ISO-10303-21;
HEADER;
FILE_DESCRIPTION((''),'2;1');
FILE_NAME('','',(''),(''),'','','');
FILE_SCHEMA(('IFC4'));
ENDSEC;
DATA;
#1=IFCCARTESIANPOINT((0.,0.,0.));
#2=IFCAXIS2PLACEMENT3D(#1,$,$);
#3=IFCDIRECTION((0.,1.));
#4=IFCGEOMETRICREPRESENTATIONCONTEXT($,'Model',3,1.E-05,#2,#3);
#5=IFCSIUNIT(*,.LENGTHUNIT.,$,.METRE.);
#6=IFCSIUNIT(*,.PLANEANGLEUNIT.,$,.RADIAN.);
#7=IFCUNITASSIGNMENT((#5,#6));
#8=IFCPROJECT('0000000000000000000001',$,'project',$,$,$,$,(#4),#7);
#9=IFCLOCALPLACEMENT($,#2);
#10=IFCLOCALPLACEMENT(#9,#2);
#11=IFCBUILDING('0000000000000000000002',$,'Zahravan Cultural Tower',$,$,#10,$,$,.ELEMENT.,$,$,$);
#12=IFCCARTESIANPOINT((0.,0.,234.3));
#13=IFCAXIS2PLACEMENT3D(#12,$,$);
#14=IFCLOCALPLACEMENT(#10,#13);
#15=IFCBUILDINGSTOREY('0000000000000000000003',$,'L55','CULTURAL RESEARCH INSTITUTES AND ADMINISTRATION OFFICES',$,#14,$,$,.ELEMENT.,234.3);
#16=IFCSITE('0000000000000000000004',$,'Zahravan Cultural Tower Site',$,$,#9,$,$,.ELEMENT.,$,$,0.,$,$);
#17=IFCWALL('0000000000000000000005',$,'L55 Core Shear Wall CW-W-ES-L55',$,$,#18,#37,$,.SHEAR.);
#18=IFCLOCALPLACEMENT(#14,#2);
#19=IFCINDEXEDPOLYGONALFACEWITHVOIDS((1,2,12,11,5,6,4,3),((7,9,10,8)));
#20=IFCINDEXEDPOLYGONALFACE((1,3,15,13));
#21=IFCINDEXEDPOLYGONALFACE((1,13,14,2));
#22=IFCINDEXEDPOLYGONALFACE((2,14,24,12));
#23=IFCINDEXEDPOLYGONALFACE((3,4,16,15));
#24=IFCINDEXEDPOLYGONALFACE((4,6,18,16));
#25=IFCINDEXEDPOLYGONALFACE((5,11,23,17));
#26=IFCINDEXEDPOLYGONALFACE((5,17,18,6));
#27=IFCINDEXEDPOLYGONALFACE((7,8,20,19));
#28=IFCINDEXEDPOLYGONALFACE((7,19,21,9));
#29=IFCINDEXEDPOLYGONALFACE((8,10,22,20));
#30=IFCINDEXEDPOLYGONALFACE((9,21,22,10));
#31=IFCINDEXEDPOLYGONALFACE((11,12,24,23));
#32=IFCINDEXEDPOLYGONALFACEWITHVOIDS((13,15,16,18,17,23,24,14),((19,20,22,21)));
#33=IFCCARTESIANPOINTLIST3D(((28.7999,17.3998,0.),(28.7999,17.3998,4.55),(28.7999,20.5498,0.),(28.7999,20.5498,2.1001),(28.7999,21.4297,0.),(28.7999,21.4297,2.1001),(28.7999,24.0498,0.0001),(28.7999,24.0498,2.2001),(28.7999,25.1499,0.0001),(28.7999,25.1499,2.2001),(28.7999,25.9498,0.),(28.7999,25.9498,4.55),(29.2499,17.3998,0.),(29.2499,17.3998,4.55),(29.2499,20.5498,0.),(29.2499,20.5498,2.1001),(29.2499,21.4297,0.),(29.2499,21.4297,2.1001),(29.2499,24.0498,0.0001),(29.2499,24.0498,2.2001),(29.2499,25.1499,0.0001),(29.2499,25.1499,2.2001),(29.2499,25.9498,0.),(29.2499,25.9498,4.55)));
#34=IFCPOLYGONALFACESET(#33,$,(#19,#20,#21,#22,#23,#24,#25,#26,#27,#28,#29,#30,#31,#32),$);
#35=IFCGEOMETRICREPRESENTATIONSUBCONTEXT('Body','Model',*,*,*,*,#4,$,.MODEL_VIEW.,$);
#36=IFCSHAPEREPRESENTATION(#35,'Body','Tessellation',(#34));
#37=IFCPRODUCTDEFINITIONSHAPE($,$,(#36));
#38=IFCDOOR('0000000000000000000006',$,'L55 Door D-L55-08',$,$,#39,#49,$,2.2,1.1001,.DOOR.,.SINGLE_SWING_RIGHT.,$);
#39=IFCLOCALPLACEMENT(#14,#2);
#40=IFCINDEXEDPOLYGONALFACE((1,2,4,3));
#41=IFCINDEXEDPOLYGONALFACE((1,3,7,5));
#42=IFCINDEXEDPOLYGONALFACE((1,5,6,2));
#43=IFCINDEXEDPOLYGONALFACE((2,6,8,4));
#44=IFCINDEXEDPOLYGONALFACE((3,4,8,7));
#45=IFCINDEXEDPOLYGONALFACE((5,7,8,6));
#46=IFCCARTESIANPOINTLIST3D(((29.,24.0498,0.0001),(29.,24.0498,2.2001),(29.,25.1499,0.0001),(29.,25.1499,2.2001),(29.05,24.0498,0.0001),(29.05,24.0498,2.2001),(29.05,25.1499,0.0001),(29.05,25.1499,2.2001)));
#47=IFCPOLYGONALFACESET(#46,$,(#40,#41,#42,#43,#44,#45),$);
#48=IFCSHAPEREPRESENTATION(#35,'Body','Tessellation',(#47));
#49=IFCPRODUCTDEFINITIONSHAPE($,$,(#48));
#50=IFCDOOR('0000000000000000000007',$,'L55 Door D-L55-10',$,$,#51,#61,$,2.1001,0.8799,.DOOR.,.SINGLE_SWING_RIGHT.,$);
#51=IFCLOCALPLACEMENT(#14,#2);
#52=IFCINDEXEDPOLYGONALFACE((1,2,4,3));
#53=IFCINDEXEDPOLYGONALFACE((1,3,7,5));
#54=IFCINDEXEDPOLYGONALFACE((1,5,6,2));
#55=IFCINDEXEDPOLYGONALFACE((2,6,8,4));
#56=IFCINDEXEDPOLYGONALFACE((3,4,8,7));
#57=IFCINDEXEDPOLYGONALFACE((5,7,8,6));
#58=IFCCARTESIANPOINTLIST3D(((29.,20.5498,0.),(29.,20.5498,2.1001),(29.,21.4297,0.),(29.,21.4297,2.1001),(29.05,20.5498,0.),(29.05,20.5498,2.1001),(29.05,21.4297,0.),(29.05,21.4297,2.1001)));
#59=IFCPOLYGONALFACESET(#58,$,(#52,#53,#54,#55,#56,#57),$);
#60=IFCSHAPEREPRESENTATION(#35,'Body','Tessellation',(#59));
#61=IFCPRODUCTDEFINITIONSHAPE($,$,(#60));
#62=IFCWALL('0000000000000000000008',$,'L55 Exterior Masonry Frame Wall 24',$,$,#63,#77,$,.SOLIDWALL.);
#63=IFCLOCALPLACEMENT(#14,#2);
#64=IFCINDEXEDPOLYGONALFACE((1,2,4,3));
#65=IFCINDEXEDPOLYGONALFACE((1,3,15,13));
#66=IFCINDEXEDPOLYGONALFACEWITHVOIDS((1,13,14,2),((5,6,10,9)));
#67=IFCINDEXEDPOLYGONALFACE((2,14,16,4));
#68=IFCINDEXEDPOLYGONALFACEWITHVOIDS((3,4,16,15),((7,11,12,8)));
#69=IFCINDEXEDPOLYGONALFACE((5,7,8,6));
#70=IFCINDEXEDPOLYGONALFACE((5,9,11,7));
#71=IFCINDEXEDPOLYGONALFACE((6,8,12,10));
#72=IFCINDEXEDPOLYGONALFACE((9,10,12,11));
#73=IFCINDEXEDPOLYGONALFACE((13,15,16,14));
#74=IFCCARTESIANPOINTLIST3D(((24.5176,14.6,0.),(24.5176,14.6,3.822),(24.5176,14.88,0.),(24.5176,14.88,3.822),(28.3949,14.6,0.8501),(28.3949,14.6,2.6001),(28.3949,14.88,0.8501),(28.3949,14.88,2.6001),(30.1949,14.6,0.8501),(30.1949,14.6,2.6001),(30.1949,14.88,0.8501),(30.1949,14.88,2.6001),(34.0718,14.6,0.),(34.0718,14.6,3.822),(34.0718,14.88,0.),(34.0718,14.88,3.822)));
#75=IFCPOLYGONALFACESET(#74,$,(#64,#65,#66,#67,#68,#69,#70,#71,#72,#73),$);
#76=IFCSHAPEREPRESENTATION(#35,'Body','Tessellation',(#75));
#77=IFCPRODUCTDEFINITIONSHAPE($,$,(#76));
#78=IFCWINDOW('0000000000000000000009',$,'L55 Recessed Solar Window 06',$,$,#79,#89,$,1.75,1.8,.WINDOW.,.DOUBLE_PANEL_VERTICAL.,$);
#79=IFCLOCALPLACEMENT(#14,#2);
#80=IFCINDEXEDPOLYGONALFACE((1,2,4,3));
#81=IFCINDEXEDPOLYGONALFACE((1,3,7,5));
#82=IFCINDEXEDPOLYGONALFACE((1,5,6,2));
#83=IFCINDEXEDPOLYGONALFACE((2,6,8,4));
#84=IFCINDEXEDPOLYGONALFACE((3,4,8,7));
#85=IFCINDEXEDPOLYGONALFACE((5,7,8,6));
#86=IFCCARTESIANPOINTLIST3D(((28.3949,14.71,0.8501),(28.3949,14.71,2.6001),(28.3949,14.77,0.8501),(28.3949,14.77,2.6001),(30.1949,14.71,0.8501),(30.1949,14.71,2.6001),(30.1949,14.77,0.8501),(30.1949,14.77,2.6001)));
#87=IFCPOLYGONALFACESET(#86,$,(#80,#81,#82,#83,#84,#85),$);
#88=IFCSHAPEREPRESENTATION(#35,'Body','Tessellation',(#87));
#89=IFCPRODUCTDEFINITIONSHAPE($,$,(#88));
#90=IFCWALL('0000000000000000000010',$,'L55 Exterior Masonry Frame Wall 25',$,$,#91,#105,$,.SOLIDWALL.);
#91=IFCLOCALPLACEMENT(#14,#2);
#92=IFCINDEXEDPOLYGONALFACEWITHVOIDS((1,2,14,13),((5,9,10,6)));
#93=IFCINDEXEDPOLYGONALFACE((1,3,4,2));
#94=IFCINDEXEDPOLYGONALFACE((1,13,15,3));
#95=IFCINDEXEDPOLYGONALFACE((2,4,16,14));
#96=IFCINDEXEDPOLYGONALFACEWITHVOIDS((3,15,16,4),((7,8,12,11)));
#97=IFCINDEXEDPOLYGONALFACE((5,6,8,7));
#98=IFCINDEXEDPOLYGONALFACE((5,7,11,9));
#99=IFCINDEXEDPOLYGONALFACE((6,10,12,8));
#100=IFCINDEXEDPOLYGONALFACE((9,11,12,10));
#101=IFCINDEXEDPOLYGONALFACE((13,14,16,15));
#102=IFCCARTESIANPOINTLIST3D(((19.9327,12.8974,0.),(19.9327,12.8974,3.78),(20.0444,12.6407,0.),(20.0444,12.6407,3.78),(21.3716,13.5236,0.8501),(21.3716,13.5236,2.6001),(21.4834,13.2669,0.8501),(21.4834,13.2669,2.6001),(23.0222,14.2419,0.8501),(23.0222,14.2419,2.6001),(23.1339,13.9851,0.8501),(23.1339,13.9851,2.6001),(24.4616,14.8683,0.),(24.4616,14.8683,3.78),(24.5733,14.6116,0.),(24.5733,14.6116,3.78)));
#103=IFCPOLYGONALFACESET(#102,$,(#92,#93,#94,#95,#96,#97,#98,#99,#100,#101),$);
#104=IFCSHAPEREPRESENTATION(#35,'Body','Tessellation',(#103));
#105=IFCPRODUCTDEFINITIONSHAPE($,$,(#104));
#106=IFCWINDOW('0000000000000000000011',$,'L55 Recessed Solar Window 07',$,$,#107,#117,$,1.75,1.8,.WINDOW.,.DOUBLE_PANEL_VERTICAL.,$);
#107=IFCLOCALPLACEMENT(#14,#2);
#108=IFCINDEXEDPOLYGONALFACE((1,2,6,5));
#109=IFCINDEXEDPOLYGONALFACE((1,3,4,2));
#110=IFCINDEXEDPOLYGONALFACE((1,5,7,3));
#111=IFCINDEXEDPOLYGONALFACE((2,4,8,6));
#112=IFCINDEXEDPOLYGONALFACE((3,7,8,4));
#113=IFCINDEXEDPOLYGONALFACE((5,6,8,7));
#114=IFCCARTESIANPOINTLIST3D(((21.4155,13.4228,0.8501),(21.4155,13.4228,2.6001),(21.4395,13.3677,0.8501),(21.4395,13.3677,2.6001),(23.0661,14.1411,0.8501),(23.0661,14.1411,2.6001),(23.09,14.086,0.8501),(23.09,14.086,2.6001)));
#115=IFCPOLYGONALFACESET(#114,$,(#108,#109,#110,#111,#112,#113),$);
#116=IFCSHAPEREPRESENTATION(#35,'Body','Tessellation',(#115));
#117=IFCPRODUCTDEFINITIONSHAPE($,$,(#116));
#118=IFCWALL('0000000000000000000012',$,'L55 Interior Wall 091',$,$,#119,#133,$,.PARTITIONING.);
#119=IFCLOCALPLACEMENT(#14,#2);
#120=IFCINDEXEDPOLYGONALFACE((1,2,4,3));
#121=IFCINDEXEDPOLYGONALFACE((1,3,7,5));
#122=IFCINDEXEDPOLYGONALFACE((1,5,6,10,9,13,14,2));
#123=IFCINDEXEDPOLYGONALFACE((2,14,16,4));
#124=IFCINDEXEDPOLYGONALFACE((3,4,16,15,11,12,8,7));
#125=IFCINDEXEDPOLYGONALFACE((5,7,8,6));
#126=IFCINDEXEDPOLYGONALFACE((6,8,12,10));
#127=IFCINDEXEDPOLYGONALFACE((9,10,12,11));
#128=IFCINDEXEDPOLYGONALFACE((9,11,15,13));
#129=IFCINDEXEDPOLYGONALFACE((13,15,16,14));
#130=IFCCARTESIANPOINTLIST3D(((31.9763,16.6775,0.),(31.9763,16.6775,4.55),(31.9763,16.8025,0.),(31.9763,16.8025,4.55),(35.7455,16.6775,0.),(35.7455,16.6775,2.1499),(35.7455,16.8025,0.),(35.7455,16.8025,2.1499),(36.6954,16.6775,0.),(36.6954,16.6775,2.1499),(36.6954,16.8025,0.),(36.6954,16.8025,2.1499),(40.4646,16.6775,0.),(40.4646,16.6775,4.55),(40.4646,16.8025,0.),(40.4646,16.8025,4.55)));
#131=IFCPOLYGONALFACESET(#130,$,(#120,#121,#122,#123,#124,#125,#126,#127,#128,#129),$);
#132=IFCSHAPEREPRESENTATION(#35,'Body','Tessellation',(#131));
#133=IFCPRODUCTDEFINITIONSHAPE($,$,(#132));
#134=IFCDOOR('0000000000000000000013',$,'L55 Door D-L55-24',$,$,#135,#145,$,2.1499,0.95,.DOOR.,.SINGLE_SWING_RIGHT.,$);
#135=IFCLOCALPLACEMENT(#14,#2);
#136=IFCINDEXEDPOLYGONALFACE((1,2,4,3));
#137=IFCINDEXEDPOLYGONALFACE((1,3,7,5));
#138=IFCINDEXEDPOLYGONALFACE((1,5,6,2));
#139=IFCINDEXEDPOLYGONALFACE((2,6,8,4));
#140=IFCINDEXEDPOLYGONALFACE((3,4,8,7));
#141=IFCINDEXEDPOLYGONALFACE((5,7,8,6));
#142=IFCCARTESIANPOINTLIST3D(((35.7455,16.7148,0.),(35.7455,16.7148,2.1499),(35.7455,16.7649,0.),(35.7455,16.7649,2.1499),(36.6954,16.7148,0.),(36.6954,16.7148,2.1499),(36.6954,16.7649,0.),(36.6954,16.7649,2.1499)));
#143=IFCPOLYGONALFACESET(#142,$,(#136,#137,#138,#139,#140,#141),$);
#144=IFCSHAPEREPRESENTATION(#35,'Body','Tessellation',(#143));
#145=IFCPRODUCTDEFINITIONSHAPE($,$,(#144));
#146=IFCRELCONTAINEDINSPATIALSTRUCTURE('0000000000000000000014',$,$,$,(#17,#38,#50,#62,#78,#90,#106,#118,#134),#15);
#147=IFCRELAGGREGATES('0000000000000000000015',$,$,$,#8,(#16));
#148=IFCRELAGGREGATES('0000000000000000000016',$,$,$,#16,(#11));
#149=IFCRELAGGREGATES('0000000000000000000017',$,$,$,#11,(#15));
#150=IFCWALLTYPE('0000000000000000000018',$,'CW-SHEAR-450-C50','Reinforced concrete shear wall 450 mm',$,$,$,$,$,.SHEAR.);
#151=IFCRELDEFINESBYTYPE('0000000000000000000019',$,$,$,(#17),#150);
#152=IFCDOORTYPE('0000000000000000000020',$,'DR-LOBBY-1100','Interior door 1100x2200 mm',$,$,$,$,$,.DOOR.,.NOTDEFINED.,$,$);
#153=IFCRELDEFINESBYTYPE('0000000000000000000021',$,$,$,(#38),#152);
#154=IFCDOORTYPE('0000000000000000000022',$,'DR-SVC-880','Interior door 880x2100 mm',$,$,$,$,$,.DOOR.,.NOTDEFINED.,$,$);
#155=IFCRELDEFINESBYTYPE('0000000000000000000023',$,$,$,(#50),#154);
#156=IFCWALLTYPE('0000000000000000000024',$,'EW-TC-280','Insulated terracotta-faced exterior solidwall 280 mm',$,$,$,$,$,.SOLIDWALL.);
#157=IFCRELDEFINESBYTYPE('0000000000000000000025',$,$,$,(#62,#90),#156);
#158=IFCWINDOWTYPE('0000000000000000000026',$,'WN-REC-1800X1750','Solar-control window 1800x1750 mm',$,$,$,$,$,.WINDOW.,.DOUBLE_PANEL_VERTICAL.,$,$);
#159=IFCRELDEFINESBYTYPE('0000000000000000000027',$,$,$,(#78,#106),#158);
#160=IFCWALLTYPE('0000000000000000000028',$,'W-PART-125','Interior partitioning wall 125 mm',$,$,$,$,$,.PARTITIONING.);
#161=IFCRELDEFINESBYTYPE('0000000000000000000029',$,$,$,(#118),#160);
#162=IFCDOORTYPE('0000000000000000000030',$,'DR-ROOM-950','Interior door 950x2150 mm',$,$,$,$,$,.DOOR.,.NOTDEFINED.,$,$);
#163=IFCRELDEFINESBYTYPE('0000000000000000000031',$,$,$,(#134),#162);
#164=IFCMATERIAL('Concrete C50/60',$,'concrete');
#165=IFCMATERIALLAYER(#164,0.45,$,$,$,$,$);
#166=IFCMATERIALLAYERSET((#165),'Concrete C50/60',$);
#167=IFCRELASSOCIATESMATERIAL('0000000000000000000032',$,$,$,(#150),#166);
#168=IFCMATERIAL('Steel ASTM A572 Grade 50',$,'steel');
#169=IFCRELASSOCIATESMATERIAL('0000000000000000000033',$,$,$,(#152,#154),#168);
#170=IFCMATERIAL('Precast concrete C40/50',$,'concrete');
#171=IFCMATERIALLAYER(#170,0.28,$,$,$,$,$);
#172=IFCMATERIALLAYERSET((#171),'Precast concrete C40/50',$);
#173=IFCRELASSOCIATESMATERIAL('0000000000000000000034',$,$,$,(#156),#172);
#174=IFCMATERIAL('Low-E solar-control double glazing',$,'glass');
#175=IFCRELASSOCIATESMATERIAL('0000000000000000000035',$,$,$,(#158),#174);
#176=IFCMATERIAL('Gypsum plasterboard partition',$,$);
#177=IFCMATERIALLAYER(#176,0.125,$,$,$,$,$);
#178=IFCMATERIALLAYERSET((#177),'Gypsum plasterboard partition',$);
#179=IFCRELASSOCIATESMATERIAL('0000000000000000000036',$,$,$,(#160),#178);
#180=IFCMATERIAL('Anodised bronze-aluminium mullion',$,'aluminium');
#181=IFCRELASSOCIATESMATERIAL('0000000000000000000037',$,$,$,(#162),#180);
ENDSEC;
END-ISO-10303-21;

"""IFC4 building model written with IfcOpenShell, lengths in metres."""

from ifc_helpers import new_model, si_unit, direction, frame, frame_2d, origin, place, context, subcontext, project, spatial, rectangle, extrude, source, transform, mapped, material, layer, layer_set, type_object, element, fill, save


model = new_model("IFC4")

# Units and contexts
model_context = context("Model", 3, precision=1e-05, world=origin(), true_north=direction((0.0, 1.0)))
body_context = subcontext(model_context, "Body", "Model", "MODEL_VIEW")
ifc_project = project(units=[si_unit("LENGTHUNIT", "METRE"), si_unit("PLANEANGLEUNIT", "RADIAN")], contexts=[model_context])

# Site, building, storey
site_placement = place(None, origin())
site = spatial("IfcSite", under=ifc_project, at=site_placement, Name="Zahravan Cultural Tower Site", CompositionType="ELEMENT", RefElevation=0.0)
building_placement = place(site_placement, origin())
building = spatial("IfcBuilding", under=site, at=building_placement, Name="Zahravan Cultural Tower", CompositionType="ELEMENT")
storey_placement = place(building_placement, frame((0.0, 0.0, 234.3)))
storey = spatial("IfcBuildingStorey", under=building, at=storey_placement, Name="L55", Description="CULTURAL RESEARCH INSTITUTES AND ADMINISTRATION OFFICES", CompositionType="ELEMENT", Elevation=234.3)

# Shared definitions
ifc_material_1 = material(Name="Concrete C50/60", Category="concrete")

# Shared definitions
ifc_material_2 = material(Name="Steel ASTM A572 Grade 50", Category="steel")

# Wall, openings, doors
ifc_layer_1 = layer(ifc_material_1, 0.45)
ifc_layer_set_1 = layer_set([ifc_layer_1], Name="Concrete C50/60")
wall_type_1 = type_object("IfcWallType", Name="CW-SHEAR-450-C50", Description="Reinforced concrete shear wall 450 mm", PredefinedType="SHEAR", material=ifc_layer_set_1)
wall_1_placement = place(storey_placement, frame((29.0249, 17.3999, 0.0), z_axis=(0.0, 0.0, 1.0), x_axis=(0.0, 1.0, 0.0)))
wall_1 = element("IfcWall", 1, at=wall_1_placement, inside=storey, type_object=wall_type_1, Name="L55 Core Shear Wall CW-W-ES-L55", PredefinedType="SHEAR", context=body_context, shape_type="SweptSolid", body=[
    extrude(rectangle(XDim=8.55, YDim=0.45, at=frame_2d((4.2749, 0.0))), origin(), (0.0, 0.0, 1.0), 4.55),
])
opening_1_placement = place(wall_1_placement, frame((6.6499, 0.0, 0.0)))
opening_1 = element("IfcOpeningElement", 2, at=opening_1_placement, cuts=wall_1, PredefinedType="OPENING", context=body_context, shape_type="SweptSolid", body=[
    extrude(rectangle(XDim=1.1001, YDim=2.2, at=frame_2d((0.55, 1.1001))), frame((0.0, 0.2349, 0.0), z_axis=(0.0, -1.0, 0.0), x_axis=(1.0, 0.0, 0.0)), (0.0, 0.0, 1.0), 0.47),
])
opening_2_placement = place(wall_1_placement, frame((3.1499, 0.0, 0.0)))
opening_2 = element("IfcOpeningElement", 3, at=opening_2_placement, cuts=wall_1, PredefinedType="OPENING", context=body_context, shape_type="SweptSolid", body=[
    extrude(rectangle(XDim=0.8799, YDim=2.1001, at=frame_2d((0.4399, 1.05))), frame((0.0, 0.2349, 0.0), z_axis=(0.0, -1.0, 0.0), x_axis=(1.0, 0.0, 0.0)), (0.0, 0.0, 1.0), 0.47),
])
door_type_1 = type_object("IfcDoorType", Name="DR-LOBBY-1100", Description="Interior door 1100x2200 mm", OperationType="NOTDEFINED", PredefinedType="DOOR", material=ifc_material_2)
shared_shape_1 = source(origin(), body_context, "Body", "SweptSolid", [
    extrude(rectangle(XDim=1.1001, YDim=2.2, at=frame_2d((0.55, 1.1001))), frame((0.0, 0.0249, 0.0), z_axis=(0.0, -1.0, 0.0), x_axis=(1.0, 0.0, 0.0)), (0.0, 0.0, 1.0), 0.05),
])
door_1_placement = place(opening_1_placement, origin())
door_1 = element("IfcDoor", 4, at=door_1_placement, inside=storey, type_object=door_type_1, Name="L55 Door D-L55-08", OperationType="SINGLE_SWING_RIGHT", OverallHeight=2.2, OverallWidth=1.1001, PredefinedType="DOOR", context=body_context, shape_type="MappedRepresentation", body=[
    mapped(shared_shape_1, transform((0.0, 0.0, 0.0), x_axis=(1.0, 0.0, 0.0), y_axis=(0.0, 1.0, 0.0), z_axis=(0.0, 0.0, 1.0), scale=1.0)),
])
fill(opening_1, door_1)
door_type_2 = type_object("IfcDoorType", Name="DR-SVC-880", Description="Interior door 880x2100 mm", OperationType="NOTDEFINED", PredefinedType="DOOR", material=ifc_material_2)
shared_shape_2 = source(origin(), body_context, "Body", "SweptSolid", [
    extrude(rectangle(XDim=0.8799, YDim=2.1001, at=frame_2d((0.4399, 1.05))), frame((0.0, 0.0249, 0.0), z_axis=(0.0, -1.0, 0.0), x_axis=(1.0, 0.0, 0.0)), (0.0, 0.0, 1.0), 0.05),
])
door_2_placement = place(opening_2_placement, origin())
door_2 = element("IfcDoor", 5, at=door_2_placement, inside=storey, type_object=door_type_2, Name="L55 Door D-L55-10", OperationType="SINGLE_SWING_RIGHT", OverallHeight=2.1001, OverallWidth=0.8799, PredefinedType="DOOR", context=body_context, shape_type="MappedRepresentation", body=[
    mapped(shared_shape_2, transform((0.0, 0.0, 0.0), x_axis=(1.0, 0.0, 0.0), y_axis=(0.0, 1.0, 0.0), z_axis=(0.0, 0.0, 1.0), scale=1.0)),
])
fill(opening_2, door_2)

# Walls, openings, windows
ifc_material_3 = material(Name="Precast concrete C40/50", Category="concrete")
ifc_layer_2 = layer(ifc_material_3, 0.28)
ifc_layer_set_2 = layer_set([ifc_layer_2], Name="Precast concrete C40/50")
wall_type_2 = type_object("IfcWallType", Name="EW-TC-280", Description="Insulated terracotta-faced exterior solidwall 280 mm", PredefinedType="SOLIDWALL", material=ifc_layer_set_2)
wall_2_placement = place(storey_placement, frame((34.0718, 14.74, 0.0), z_axis=(0.0, 0.0, 1.0), x_axis=(-1.0, 0.0, 0.0)))
wall_2 = element("IfcWall", 6, at=wall_2_placement, inside=storey, type_object=wall_type_2, Name="L55 Exterior Masonry Frame Wall 24", PredefinedType="SOLIDWALL", context=body_context, shape_type="SweptSolid", body=[
    extrude(rectangle(XDim=9.5542, YDim=0.28, at=frame_2d((4.7771, 0.0))), origin(), (0.0, 0.0, 1.0), 3.822),
])
opening_3_placement = place(wall_2_placement, frame((3.877, 0.0, 0.8501)))
opening_3 = element("IfcOpeningElement", 7, at=opening_3_placement, cuts=wall_2, PredefinedType="OPENING", context=body_context, shape_type="SweptSolid", body=[
    extrude(rectangle(XDim=1.8, YDim=1.75, at=frame_2d((0.8999, 0.875))), frame((0.0, 0.1499, 0.0), z_axis=(0.0, -1.0, 0.0), x_axis=(1.0, 0.0, 0.0)), (0.0, 0.0, 1.0), 0.3),
])
ifc_material_4 = material(Name="Low-E solar-control double glazing", Category="glass")
window_type = type_object("IfcWindowType", Name="WN-REC-1800X1750", Description="Solar-control window 1800x1750 mm", PartitioningType="DOUBLE_PANEL_VERTICAL", PredefinedType="WINDOW", material=ifc_material_4)
shared_shape_3 = source(origin(), body_context, "Body", "SweptSolid", [
    extrude(rectangle(XDim=1.8, YDim=1.75, at=frame_2d((0.8999, 0.875))), frame((0.0, 0.03, 0.0), z_axis=(0.0, -1.0, 0.0), x_axis=(1.0, 0.0, 0.0)), (0.0, 0.0, 1.0), 0.0601),
])
window_1_placement = place(opening_3_placement, origin())
window_1 = element("IfcWindow", 8, at=window_1_placement, inside=storey, type_object=window_type, Name="L55 Recessed Solar Window 06", OverallHeight=1.75, OverallWidth=1.8, PartitioningType="DOUBLE_PANEL_VERTICAL", PredefinedType="WINDOW", context=body_context, shape_type="MappedRepresentation", body=[
    mapped(shared_shape_3, transform((0.0, 0.0, 0.0), x_axis=(1.0, 0.0, 0.0), y_axis=(0.0, 1.0, 0.0), z_axis=(0.0, 0.0, 1.0), scale=1.0)),
])
fill(opening_3, window_1)
wall_3_placement = place(storey_placement, frame((24.5176, 14.74, 0.0), z_axis=(0.0, 0.0, 1.0), x_axis=(-0.916937, -0.399032, 0.0)))
wall_3 = element("IfcWall", 9, at=wall_3_placement, inside=storey, type_object=wall_type_2, Name="L55 Exterior Masonry Frame Wall 25", PredefinedType="SOLIDWALL", context=body_context, shape_type="SweptSolid", body=[
    extrude(rectangle(XDim=4.9392, YDim=0.28, at=frame_2d((2.4697, 0.0))), origin(), (0.0, 0.0, 1.0), 3.78),
])
opening_4_placement = place(wall_3_placement, frame((1.5701, 0.0, 0.8501)))
opening_4 = element("IfcOpeningElement", 10, at=opening_4_placement, cuts=wall_3, PredefinedType="OPENING", context=body_context, shape_type="SweptSolid", body=[
    extrude(rectangle(XDim=1.8, YDim=1.75, at=frame_2d((0.8999, 0.875))), frame((0.0, 0.1499, 0.0), z_axis=(0.0, -1.0, 0.0), x_axis=(1.0, 0.0, 0.0)), (0.0, 0.0, 1.0), 0.3),
])
window_2_placement = place(opening_4_placement, origin())
window_2 = element("IfcWindow", 11, at=window_2_placement, inside=storey, type_object=window_type, Name="L55 Recessed Solar Window 07", OverallHeight=1.75, OverallWidth=1.8, PartitioningType="DOUBLE_PANEL_VERTICAL", PredefinedType="WINDOW", context=body_context, shape_type="MappedRepresentation", body=[
    mapped(shared_shape_3, transform((0.0, 0.0, 0.0), x_axis=(1.0, 0.0, 0.0), y_axis=(0.0, 1.0, 0.0), z_axis=(0.0, 0.0, 1.0), scale=1.0)),
])
fill(opening_4, window_2)

# Wall, opening, door
ifc_material_5 = material(Name="Gypsum plasterboard partition")
ifc_layer_3 = layer(ifc_material_5, 0.125)
ifc_layer_set_3 = layer_set([ifc_layer_3], Name="Gypsum plasterboard partition")
wall_type_3 = type_object("IfcWallType", Name="W-PART-125", Description="Interior partitioning wall 125 mm", PredefinedType="PARTITIONING", material=ifc_layer_set_3)
ifc_material_6 = material(Name="Anodised bronze-aluminium mullion", Category="aluminium")
door_type_3 = type_object("IfcDoorType", Name="DR-ROOM-950", Description="Interior door 950x2150 mm", OperationType="NOTDEFINED", PredefinedType="DOOR", material=ifc_material_6)
shared_shape_4 = source(origin(), body_context, "Body", "SweptSolid", [
    extrude(rectangle(XDim=0.95, YDim=2.1499, at=frame_2d((0.4751, 1.075))), frame((0.0, 0.0249, 0.0), z_axis=(0.0, -1.0, 0.0), x_axis=(1.0, 0.0, 0.0)), (0.0, 0.0, 1.0), 0.05),
])
wall_4_placement = place(storey_placement, frame((31.9763, 16.74, 0.0), z_axis=(0.0, 0.0, 1.0), x_axis=(1.0, 0.0, 0.0)))
wall_4 = element("IfcWall", 12, at=wall_4_placement, inside=storey, type_object=wall_type_3, Name="L55 Interior Wall 091", PredefinedType="PARTITIONING", context=body_context, shape_type="SweptSolid", body=[
    extrude(rectangle(XDim=8.4883, YDim=0.125, at=frame_2d((4.2441, 0.0))), origin(), (0.0, 0.0, 1.0), 4.55),
])
opening_5_placement = place(wall_4_placement, frame((3.769, 0.0, 0.0)))
opening_5 = element("IfcOpeningElement", 13, at=opening_5_placement, cuts=wall_4, PredefinedType="OPENING", context=body_context, shape_type="SweptSolid", body=[
    extrude(rectangle(XDim=0.95, YDim=2.1499, at=frame_2d((0.4751, 1.075))), frame((0.0, 0.0725, 0.0), z_axis=(0.0, -1.0, 0.0), x_axis=(1.0, 0.0, 0.0)), (0.0, 0.0, 1.0), 0.145),
])
door_3_placement = place(opening_5_placement, origin())
door_3 = element("IfcDoor", 14, at=door_3_placement, inside=storey, type_object=door_type_3, Name="L55 Door D-L55-24", OperationType="SINGLE_SWING_RIGHT", OverallHeight=2.1499, OverallWidth=0.95, PredefinedType="DOOR", context=body_context, shape_type="MappedRepresentation", body=[
    mapped(shared_shape_4, transform((0.0, 0.0, 0.0), x_axis=(1.0, 0.0, 0.0), y_axis=(0.0, 1.0, 0.0), z_axis=(0.0, 0.0, 1.0), scale=1.0)),
])
fill(opening_5, door_3)

save(model, "model.ifc")
